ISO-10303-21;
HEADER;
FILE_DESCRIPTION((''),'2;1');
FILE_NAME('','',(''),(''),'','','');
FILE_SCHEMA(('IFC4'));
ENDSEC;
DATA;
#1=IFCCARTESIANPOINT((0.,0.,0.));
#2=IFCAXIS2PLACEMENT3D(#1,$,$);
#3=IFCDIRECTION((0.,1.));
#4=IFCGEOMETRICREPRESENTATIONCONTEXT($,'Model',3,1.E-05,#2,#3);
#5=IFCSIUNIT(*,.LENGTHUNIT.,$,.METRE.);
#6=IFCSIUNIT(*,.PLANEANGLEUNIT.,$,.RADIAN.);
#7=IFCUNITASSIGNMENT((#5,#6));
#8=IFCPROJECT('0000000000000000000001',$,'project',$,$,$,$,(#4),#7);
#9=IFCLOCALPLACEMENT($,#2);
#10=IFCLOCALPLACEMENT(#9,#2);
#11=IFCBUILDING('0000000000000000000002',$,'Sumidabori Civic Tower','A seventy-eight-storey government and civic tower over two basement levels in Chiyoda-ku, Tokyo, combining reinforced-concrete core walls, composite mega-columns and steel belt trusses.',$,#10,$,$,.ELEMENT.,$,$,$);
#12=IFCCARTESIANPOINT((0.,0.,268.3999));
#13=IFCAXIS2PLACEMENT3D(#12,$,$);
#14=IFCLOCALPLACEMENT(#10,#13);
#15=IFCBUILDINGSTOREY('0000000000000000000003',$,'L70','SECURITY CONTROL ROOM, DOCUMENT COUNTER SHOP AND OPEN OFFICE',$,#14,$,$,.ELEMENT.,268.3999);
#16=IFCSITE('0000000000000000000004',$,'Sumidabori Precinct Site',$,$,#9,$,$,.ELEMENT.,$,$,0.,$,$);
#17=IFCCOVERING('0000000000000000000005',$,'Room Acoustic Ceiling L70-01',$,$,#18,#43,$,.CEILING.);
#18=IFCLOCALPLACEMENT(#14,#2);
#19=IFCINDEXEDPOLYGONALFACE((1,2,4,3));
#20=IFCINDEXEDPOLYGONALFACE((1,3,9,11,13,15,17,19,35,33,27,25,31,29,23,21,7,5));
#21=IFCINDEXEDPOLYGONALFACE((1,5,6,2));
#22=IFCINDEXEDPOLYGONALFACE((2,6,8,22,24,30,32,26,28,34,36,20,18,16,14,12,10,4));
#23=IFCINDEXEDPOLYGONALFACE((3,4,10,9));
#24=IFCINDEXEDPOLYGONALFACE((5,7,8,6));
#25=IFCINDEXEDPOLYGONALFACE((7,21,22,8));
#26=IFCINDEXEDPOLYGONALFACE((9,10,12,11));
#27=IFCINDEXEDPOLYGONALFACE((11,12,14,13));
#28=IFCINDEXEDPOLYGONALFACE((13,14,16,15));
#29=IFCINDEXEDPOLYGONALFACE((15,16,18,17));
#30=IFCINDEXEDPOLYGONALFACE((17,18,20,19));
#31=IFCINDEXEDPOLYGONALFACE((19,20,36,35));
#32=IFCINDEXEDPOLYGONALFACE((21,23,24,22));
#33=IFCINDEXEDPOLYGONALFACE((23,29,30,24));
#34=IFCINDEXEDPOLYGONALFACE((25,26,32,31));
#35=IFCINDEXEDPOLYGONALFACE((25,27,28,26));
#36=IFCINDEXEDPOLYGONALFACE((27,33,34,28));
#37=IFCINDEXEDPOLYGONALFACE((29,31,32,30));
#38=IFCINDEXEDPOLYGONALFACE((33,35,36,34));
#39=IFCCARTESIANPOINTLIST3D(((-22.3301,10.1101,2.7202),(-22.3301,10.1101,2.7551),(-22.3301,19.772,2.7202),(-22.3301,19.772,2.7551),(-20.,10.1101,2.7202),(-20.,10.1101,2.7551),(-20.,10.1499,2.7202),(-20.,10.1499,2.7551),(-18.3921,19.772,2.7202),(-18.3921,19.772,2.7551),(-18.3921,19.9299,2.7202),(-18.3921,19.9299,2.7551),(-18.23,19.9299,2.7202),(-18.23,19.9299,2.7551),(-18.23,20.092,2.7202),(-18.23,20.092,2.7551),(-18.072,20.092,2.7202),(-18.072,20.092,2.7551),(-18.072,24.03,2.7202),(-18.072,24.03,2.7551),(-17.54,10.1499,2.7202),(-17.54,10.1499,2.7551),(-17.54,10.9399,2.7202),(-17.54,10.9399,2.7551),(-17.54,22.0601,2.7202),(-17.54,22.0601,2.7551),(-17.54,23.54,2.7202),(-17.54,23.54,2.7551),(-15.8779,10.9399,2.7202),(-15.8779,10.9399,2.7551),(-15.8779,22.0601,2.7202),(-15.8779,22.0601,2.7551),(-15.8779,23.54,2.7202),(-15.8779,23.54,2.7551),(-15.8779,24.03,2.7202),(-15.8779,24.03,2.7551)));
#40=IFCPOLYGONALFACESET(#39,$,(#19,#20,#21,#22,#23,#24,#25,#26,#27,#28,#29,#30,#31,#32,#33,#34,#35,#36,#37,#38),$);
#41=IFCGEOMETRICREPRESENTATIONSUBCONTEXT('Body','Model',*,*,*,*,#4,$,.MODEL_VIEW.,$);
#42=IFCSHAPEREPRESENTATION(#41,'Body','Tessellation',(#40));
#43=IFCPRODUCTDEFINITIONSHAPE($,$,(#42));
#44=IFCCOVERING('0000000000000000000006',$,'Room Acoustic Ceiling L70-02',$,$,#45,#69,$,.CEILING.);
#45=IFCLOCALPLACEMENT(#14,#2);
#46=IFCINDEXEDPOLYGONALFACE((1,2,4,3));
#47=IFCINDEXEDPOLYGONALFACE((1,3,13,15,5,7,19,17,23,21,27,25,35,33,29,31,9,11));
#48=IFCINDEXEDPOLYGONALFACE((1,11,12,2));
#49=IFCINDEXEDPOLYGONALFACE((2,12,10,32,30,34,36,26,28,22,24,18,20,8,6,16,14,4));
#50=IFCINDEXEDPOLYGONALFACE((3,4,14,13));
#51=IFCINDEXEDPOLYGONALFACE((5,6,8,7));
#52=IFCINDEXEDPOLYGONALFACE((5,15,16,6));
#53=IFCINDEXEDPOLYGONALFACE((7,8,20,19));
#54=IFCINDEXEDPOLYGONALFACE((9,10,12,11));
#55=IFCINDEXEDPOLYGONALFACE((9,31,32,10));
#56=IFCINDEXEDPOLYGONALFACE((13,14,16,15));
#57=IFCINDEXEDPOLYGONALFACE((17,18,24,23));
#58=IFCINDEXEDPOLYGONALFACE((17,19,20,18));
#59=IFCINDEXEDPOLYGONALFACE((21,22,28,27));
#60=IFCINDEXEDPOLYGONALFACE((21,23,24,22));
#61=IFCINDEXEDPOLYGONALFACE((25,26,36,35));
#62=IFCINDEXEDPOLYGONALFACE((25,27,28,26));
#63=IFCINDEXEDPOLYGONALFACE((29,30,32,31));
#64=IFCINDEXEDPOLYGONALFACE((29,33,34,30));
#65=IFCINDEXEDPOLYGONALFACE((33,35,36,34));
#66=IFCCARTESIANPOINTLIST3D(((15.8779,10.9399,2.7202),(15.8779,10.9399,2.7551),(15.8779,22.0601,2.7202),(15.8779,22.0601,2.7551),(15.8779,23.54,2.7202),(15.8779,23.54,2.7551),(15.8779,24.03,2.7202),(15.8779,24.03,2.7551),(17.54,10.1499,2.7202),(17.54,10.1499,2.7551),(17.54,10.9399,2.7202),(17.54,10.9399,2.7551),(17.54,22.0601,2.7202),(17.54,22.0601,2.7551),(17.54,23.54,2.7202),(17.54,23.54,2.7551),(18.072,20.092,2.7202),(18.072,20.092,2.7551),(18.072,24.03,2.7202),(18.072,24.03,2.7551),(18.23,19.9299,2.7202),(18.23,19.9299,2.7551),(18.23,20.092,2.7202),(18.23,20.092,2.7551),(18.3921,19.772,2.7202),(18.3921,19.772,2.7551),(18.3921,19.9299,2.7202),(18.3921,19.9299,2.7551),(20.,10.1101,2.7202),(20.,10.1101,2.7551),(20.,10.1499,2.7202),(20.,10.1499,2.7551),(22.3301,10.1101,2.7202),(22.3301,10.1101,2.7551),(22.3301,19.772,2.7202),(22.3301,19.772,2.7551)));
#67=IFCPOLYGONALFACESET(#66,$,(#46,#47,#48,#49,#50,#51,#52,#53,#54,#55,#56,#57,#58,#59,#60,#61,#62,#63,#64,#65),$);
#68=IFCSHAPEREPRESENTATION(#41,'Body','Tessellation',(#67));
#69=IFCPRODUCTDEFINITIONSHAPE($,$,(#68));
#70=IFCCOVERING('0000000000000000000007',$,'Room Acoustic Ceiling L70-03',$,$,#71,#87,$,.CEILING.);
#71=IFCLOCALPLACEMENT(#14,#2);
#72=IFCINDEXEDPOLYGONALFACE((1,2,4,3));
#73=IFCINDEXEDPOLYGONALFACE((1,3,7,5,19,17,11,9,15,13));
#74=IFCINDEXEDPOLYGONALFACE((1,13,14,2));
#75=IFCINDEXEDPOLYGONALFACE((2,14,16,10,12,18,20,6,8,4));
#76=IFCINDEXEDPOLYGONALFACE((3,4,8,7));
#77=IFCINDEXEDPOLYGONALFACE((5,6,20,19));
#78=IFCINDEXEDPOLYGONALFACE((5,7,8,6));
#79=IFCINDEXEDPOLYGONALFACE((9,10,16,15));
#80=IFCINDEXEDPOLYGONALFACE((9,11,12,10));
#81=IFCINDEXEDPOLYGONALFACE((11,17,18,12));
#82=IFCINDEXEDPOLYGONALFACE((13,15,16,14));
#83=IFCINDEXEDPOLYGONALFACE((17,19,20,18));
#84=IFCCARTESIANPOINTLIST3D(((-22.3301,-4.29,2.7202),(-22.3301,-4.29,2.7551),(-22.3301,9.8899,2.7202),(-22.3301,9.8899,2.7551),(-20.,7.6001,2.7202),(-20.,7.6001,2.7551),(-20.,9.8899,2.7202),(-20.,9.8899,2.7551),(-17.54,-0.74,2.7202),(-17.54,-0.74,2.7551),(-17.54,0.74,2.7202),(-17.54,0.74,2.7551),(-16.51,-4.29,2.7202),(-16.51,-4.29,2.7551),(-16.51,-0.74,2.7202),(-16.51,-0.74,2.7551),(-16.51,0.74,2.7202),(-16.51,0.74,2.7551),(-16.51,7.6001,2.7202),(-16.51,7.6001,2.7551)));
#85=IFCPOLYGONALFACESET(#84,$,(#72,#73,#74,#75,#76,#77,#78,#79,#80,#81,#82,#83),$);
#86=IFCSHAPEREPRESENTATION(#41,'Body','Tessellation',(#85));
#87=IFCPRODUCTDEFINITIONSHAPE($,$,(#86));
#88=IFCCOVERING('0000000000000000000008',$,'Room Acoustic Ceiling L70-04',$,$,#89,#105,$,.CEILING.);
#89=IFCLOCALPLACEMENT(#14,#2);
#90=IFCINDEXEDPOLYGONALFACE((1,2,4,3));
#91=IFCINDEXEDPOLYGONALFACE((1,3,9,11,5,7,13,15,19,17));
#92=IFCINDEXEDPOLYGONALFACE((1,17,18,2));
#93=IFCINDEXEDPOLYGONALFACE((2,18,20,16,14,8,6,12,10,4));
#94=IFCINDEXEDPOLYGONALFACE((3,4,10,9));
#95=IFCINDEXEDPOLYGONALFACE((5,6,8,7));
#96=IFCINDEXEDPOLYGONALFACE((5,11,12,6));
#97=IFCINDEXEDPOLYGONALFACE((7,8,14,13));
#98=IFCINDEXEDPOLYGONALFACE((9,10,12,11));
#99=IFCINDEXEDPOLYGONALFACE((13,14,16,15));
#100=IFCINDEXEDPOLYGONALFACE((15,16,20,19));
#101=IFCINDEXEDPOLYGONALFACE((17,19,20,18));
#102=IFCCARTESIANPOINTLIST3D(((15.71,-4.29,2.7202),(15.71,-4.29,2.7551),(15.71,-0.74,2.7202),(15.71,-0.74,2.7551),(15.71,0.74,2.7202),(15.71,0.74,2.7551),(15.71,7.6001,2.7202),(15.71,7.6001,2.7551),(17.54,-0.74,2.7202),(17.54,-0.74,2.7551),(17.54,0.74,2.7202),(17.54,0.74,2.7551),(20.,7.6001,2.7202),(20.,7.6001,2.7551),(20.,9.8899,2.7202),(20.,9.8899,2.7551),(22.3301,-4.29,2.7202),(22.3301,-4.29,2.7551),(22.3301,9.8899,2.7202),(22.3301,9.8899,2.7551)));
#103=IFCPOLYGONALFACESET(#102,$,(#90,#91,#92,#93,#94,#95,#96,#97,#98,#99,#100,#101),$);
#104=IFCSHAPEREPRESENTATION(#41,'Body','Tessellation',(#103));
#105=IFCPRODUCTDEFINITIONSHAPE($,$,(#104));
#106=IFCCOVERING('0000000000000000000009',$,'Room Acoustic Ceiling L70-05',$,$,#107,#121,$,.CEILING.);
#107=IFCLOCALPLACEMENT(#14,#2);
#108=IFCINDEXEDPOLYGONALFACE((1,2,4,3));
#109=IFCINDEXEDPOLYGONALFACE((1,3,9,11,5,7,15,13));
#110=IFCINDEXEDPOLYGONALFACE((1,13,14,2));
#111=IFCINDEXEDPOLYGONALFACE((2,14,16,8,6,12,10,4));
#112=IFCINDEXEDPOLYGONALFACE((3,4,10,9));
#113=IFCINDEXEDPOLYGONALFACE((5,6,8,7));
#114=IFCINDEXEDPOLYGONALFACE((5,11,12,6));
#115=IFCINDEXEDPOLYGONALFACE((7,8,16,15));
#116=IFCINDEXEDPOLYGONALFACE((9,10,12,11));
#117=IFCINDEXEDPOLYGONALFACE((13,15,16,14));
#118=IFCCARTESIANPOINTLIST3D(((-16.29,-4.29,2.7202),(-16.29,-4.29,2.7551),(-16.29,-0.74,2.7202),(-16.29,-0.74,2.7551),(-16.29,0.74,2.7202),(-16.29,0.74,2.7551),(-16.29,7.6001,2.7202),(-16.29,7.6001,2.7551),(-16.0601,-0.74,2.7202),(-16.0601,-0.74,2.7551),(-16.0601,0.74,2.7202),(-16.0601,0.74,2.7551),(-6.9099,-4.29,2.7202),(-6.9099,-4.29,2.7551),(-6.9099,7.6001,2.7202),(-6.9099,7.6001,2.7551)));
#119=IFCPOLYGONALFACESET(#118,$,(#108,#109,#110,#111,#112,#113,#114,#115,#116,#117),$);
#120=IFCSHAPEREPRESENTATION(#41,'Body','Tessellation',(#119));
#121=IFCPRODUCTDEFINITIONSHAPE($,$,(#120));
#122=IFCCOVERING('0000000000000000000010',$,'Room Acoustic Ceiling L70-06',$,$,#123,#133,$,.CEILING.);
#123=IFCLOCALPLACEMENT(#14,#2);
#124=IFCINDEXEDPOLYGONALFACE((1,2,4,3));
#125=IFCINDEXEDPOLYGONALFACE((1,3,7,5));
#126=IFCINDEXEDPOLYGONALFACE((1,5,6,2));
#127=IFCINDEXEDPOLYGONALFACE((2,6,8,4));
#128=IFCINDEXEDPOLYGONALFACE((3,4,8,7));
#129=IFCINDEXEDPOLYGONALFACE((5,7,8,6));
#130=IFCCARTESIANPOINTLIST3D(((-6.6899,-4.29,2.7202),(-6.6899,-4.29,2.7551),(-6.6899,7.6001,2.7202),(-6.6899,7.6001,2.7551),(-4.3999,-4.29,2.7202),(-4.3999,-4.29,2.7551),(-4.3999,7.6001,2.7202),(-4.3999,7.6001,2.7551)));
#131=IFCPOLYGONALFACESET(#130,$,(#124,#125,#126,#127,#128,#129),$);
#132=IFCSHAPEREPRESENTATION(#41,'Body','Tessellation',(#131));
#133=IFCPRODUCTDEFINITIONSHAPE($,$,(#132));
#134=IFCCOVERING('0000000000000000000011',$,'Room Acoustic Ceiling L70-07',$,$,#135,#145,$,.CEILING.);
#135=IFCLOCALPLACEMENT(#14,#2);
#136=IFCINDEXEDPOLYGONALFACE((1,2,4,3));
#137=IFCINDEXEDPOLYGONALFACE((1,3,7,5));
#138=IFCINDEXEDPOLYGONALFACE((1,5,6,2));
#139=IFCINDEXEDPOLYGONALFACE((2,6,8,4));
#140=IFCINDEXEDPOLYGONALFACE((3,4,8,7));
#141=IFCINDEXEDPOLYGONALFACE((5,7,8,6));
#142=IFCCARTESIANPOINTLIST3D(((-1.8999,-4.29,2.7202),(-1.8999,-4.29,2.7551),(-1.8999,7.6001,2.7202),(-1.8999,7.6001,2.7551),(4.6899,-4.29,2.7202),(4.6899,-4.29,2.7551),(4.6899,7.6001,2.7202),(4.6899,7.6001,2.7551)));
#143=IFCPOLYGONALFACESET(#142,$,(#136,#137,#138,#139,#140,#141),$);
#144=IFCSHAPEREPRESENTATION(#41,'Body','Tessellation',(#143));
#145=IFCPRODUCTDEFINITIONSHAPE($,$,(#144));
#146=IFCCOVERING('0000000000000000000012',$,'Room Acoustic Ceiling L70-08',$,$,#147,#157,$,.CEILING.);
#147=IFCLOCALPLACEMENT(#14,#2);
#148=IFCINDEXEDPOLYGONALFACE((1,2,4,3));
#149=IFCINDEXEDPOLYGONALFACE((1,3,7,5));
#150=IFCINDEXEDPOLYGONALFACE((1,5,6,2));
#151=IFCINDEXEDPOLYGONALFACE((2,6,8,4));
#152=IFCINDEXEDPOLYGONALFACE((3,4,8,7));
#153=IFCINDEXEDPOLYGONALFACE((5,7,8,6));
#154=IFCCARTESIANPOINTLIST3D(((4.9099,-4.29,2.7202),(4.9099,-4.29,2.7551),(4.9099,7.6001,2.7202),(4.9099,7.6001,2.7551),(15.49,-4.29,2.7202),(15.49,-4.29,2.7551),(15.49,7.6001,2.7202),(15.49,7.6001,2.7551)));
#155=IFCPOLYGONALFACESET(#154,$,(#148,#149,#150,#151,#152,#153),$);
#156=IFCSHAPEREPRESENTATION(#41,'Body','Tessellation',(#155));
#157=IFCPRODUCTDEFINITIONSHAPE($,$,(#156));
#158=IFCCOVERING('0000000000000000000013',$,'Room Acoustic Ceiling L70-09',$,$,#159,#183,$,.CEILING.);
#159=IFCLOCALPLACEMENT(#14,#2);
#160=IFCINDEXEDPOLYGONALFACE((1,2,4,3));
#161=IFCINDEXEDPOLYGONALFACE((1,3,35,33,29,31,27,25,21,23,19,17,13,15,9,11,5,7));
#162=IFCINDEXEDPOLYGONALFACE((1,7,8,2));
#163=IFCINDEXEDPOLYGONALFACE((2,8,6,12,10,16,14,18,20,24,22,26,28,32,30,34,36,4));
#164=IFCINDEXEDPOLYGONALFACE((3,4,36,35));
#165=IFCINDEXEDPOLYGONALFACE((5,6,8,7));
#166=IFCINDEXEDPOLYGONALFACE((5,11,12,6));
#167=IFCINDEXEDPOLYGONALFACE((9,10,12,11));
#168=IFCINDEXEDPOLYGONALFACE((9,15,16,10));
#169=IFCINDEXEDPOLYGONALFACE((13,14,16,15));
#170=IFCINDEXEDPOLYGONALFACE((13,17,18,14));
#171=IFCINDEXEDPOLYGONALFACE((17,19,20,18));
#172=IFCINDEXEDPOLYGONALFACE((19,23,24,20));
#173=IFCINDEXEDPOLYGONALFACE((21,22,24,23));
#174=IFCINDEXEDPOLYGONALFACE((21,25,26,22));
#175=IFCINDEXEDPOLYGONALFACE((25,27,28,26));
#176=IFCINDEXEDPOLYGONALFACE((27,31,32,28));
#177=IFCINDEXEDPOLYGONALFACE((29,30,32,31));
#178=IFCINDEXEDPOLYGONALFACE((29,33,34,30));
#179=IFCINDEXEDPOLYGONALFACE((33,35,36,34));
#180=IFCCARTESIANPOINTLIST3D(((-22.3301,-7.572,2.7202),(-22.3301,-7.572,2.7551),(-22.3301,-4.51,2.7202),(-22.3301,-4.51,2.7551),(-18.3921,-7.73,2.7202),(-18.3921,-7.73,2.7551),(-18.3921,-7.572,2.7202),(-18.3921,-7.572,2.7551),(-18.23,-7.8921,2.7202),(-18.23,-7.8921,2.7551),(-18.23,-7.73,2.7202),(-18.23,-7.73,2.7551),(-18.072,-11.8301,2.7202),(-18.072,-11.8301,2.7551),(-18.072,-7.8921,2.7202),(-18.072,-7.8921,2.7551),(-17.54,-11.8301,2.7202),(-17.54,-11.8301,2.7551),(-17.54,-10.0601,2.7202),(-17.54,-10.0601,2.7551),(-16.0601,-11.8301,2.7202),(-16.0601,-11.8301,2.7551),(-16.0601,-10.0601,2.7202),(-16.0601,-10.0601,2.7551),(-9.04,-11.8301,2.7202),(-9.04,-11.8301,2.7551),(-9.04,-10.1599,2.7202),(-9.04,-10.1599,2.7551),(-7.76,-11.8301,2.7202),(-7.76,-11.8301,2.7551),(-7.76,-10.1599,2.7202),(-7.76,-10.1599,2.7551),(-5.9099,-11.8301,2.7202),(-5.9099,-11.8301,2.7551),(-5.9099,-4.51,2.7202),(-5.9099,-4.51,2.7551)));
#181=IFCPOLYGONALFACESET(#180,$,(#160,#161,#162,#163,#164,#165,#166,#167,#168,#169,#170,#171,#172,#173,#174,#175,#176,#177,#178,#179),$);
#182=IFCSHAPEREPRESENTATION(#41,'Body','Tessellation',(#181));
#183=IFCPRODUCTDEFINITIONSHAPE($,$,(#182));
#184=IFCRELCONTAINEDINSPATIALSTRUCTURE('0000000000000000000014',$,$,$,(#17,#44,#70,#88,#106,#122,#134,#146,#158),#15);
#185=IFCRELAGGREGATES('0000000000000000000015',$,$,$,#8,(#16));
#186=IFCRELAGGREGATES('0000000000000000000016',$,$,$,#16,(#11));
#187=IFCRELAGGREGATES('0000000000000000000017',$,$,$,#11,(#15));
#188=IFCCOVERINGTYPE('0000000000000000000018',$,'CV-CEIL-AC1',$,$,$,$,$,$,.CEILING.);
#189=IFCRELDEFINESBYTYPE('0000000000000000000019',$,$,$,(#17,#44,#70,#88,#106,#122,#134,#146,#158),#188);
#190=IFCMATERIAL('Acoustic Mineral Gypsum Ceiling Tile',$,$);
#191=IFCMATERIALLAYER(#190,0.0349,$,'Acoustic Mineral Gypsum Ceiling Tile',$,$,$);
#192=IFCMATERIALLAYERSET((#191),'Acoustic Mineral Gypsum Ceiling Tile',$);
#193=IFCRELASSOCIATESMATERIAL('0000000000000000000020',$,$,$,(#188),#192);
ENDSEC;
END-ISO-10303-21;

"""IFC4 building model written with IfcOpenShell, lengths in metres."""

from ifc_helpers import new_model, si_unit, direction, frame, origin, place, context, subcontext, project, spatial, polyline, outline, extrude, material, layer, layer_set, type_object, element, save


model = new_model("IFC4")

# Units and contexts
model_context = context("Model", 3, precision=1e-05, world=origin(), true_north=direction((0.0, 1.0)))
body_context = subcontext(model_context, "Body", "Model", "MODEL_VIEW")
ifc_project = project(units=[si_unit("LENGTHUNIT", "METRE"), si_unit("PLANEANGLEUNIT", "RADIAN")], contexts=[model_context])

# Site, building, storey
site_placement = place(None, origin())
site = spatial("IfcSite", under=ifc_project, at=site_placement, Name="Sumidabori Precinct Site", CompositionType="ELEMENT", RefElevation=0.0)
building_placement = place(site_placement, origin())
building = spatial("IfcBuilding", under=site, at=building_placement, Name="Sumidabori Civic Tower", Description="A seventy-eight-storey government and civic tower over two basement levels in Chiyoda-ku, Tokyo, combining reinforced-concrete core walls, composite mega-columns and steel belt trusses.", CompositionType="ELEMENT")
storey_placement = place(building_placement, frame((0.0, 0.0, 268.3999)))
storey = spatial("IfcBuildingStorey", under=building, at=storey_placement, Name="L70", Description="SECURITY CONTROL ROOM, DOCUMENT COUNTER SHOP AND OPEN OFFICE", CompositionType="ELEMENT", Elevation=268.3999)

# Coverings
ifc_material_1 = material(Name="Acoustic Mineral Gypsum Ceiling Tile")
ifc_layer_1 = layer(ifc_material_1, 0.0349, Name="Acoustic Mineral Gypsum Ceiling Tile")
ifc_layer_set_1 = layer_set([ifc_layer_1], Name="Acoustic Mineral Gypsum Ceiling Tile")
covering_type_1 = type_object("IfcCoveringType", Name="CV-CEIL-AC1", PredefinedType="CEILING", material=ifc_layer_set_1)
covering_1_placement = place(storey_placement, frame((0.0, 0.0, 2.7202)))
element("IfcCovering", 1, at=covering_1_placement, inside=storey, type_object=covering_type_1, Name="Room Acoustic Ceiling L70-01", PredefinedType="CEILING", context=body_context, shape_type="SweptSolid", body=[
    extrude(outline(polyline([(-22.3301, 10.1101), (-22.3301, 19.772), (-18.3921, 19.772), (-18.3921, 19.9299), (-18.23, 19.9299), (-18.23, 20.092), (-18.072, 20.092), (-18.072, 24.03), (-15.8779, 24.03), (-15.8779, 23.54), (-17.54, 23.54), (-17.54, 22.0601), (-15.8779, 22.0601), (-15.8779, 10.9399), (-17.54, 10.9399), (-17.54, 10.1499), (-20.0, 10.1499), (-20.0, 10.1101), (-22.3301, 10.1101)])), origin(), (0.0, 0.0, 1.0), 0.0349),
])
covering_2_placement = place(storey_placement, frame((0.0, 0.0, 2.7202)))
element("IfcCovering", 2, at=covering_2_placement, inside=storey, type_object=covering_type_1, Name="Room Acoustic Ceiling L70-02", PredefinedType="CEILING", context=body_context, shape_type="SweptSolid", body=[
    extrude(outline(polyline([(17.54, 22.0601), (17.54, 23.54), (15.8779, 23.54), (15.8779, 24.03), (18.072, 24.03), (18.072, 20.092), (18.23, 20.092), (18.23, 19.9299), (18.3921, 19.9299), (18.3921, 19.772), (22.3301, 19.772), (22.3301, 10.1101), (20.0, 10.1101), (20.0, 10.1499), (17.54, 10.1499), (17.54, 10.9399), (15.8779, 10.9399), (15.8779, 22.0601), (17.54, 22.0601)])), origin(), (0.0, 0.0, 1.0), 0.0349),
])
covering_3_placement = place(storey_placement, frame((0.0, 0.0, 2.7202)))
element("IfcCovering", 3, at=covering_3_placement, inside=storey, type_object=covering_type_1, Name="Room Acoustic Ceiling L70-03", PredefinedType="CEILING", context=body_context, shape_type="SweptSolid", body=[
    extrude(outline(polyline([(-20.0, 7.6001), (-16.51, 7.6001), (-16.51, 0.74), (-17.54, 0.74), (-17.54, -0.74), (-16.51, -0.74), (-16.51, -4.29), (-22.3301, -4.29), (-22.3301, 9.8899), (-20.0, 9.8899), (-20.0, 7.6001)])), origin(), (0.0, 0.0, 1.0), 0.0349),
])
covering_4_placement = place(storey_placement, frame((0.0, 0.0, 2.7202)))
element("IfcCovering", 4, at=covering_4_placement, inside=storey, type_object=covering_type_1, Name="Room Acoustic Ceiling L70-04", PredefinedType="CEILING", context=body_context, shape_type="SweptSolid", body=[
    extrude(outline(polyline([(15.71, -0.74), (17.54, -0.74), (17.54, 0.74), (15.71, 0.74), (15.71, 7.6001), (20.0, 7.6001), (20.0, 9.8899), (22.3301, 9.8899), (22.3301, -4.29), (15.71, -4.29), (15.71, -0.74)])), origin(), (0.0, 0.0, 1.0), 0.0349),
])
covering_5_placement = place(storey_placement, frame((0.0, 0.0, 2.7202)))
element("IfcCovering", 5, at=covering_5_placement, inside=storey, type_object=covering_type_1, Name="Room Acoustic Ceiling L70-05", PredefinedType="CEILING", context=body_context, shape_type="SweptSolid", body=[
    extrude(outline(polyline([(-16.29, -0.74), (-16.0601, -0.74), (-16.0601, 0.74), (-16.29, 0.74), (-16.29, 7.6001), (-6.9099, 7.6001), (-6.9099, -4.29), (-16.29, -4.29), (-16.29, -0.74)])), origin(), (0.0, 0.0, 1.0), 0.0349),
])
covering_6_placement = place(storey_placement, frame((0.0, 0.0, 2.7202)))
element("IfcCovering", 6, at=covering_6_placement, inside=storey, type_object=covering_type_1, Name="Room Acoustic Ceiling L70-06", PredefinedType="CEILING", context=body_context, shape_type="SweptSolid", body=[
    extrude(outline(polyline([(-6.6899, 7.6001), (-4.3999, 7.6001), (-4.3999, -4.29), (-6.6899, -4.29), (-6.6899, 7.6001)])), origin(), (0.0, 0.0, 1.0), 0.0349),
])
covering_7_placement = place(storey_placement, frame((0.0, 0.0, 2.7202)))
element("IfcCovering", 7, at=covering_7_placement, inside=storey, type_object=covering_type_1, Name="Room Acoustic Ceiling L70-07", PredefinedType="CEILING", context=body_context, shape_type="SweptSolid", body=[
    extrude(outline(polyline([(-1.8999, 7.6001), (4.6899, 7.6001), (4.6899, -4.29), (-1.8999, -4.29), (-1.8999, 7.6001)])), origin(), (0.0, 0.0, 1.0), 0.0349),
])
covering_8_placement = place(storey_placement, frame((0.0, 0.0, 2.7202)))
element("IfcCovering", 8, at=covering_8_placement, inside=storey, type_object=covering_type_1, Name="Room Acoustic Ceiling L70-08", PredefinedType="CEILING", context=body_context, shape_type="SweptSolid", body=[
    extrude(outline(polyline([(4.9099, 7.6001), (15.49, 7.6001), (15.49, -4.29), (4.9099, -4.29), (4.9099, 7.6001)])), origin(), (0.0, 0.0, 1.0), 0.0349),
])
covering_9_placement = place(storey_placement, frame((0.0, 0.0, 2.7202)))
element("IfcCovering", 9, at=covering_9_placement, inside=storey, type_object=covering_type_1, Name="Room Acoustic Ceiling L70-09", PredefinedType="CEILING", context=body_context, shape_type="SweptSolid", body=[
    extrude(outline(polyline([(-22.3301, -7.572), (-22.3301, -4.51), (-5.9099, -4.51), (-5.9099, -11.8301), (-7.76, -11.8301), (-7.76, -10.1599), (-9.04, -10.1599), (-9.04, -11.8301), (-16.0601, -11.8301), (-16.0601, -10.0601), (-17.54, -10.0601), (-17.54, -11.8301), (-18.072, -11.8301), (-18.072, -7.8921), (-18.23, -7.8921), (-18.23, -7.73), (-18.3921, -7.73), (-18.3921, -7.572), (-22.3301, -7.572)])), origin(), (0.0, 0.0, 1.0), 0.0349),
])

save(model, "model.ifc")
